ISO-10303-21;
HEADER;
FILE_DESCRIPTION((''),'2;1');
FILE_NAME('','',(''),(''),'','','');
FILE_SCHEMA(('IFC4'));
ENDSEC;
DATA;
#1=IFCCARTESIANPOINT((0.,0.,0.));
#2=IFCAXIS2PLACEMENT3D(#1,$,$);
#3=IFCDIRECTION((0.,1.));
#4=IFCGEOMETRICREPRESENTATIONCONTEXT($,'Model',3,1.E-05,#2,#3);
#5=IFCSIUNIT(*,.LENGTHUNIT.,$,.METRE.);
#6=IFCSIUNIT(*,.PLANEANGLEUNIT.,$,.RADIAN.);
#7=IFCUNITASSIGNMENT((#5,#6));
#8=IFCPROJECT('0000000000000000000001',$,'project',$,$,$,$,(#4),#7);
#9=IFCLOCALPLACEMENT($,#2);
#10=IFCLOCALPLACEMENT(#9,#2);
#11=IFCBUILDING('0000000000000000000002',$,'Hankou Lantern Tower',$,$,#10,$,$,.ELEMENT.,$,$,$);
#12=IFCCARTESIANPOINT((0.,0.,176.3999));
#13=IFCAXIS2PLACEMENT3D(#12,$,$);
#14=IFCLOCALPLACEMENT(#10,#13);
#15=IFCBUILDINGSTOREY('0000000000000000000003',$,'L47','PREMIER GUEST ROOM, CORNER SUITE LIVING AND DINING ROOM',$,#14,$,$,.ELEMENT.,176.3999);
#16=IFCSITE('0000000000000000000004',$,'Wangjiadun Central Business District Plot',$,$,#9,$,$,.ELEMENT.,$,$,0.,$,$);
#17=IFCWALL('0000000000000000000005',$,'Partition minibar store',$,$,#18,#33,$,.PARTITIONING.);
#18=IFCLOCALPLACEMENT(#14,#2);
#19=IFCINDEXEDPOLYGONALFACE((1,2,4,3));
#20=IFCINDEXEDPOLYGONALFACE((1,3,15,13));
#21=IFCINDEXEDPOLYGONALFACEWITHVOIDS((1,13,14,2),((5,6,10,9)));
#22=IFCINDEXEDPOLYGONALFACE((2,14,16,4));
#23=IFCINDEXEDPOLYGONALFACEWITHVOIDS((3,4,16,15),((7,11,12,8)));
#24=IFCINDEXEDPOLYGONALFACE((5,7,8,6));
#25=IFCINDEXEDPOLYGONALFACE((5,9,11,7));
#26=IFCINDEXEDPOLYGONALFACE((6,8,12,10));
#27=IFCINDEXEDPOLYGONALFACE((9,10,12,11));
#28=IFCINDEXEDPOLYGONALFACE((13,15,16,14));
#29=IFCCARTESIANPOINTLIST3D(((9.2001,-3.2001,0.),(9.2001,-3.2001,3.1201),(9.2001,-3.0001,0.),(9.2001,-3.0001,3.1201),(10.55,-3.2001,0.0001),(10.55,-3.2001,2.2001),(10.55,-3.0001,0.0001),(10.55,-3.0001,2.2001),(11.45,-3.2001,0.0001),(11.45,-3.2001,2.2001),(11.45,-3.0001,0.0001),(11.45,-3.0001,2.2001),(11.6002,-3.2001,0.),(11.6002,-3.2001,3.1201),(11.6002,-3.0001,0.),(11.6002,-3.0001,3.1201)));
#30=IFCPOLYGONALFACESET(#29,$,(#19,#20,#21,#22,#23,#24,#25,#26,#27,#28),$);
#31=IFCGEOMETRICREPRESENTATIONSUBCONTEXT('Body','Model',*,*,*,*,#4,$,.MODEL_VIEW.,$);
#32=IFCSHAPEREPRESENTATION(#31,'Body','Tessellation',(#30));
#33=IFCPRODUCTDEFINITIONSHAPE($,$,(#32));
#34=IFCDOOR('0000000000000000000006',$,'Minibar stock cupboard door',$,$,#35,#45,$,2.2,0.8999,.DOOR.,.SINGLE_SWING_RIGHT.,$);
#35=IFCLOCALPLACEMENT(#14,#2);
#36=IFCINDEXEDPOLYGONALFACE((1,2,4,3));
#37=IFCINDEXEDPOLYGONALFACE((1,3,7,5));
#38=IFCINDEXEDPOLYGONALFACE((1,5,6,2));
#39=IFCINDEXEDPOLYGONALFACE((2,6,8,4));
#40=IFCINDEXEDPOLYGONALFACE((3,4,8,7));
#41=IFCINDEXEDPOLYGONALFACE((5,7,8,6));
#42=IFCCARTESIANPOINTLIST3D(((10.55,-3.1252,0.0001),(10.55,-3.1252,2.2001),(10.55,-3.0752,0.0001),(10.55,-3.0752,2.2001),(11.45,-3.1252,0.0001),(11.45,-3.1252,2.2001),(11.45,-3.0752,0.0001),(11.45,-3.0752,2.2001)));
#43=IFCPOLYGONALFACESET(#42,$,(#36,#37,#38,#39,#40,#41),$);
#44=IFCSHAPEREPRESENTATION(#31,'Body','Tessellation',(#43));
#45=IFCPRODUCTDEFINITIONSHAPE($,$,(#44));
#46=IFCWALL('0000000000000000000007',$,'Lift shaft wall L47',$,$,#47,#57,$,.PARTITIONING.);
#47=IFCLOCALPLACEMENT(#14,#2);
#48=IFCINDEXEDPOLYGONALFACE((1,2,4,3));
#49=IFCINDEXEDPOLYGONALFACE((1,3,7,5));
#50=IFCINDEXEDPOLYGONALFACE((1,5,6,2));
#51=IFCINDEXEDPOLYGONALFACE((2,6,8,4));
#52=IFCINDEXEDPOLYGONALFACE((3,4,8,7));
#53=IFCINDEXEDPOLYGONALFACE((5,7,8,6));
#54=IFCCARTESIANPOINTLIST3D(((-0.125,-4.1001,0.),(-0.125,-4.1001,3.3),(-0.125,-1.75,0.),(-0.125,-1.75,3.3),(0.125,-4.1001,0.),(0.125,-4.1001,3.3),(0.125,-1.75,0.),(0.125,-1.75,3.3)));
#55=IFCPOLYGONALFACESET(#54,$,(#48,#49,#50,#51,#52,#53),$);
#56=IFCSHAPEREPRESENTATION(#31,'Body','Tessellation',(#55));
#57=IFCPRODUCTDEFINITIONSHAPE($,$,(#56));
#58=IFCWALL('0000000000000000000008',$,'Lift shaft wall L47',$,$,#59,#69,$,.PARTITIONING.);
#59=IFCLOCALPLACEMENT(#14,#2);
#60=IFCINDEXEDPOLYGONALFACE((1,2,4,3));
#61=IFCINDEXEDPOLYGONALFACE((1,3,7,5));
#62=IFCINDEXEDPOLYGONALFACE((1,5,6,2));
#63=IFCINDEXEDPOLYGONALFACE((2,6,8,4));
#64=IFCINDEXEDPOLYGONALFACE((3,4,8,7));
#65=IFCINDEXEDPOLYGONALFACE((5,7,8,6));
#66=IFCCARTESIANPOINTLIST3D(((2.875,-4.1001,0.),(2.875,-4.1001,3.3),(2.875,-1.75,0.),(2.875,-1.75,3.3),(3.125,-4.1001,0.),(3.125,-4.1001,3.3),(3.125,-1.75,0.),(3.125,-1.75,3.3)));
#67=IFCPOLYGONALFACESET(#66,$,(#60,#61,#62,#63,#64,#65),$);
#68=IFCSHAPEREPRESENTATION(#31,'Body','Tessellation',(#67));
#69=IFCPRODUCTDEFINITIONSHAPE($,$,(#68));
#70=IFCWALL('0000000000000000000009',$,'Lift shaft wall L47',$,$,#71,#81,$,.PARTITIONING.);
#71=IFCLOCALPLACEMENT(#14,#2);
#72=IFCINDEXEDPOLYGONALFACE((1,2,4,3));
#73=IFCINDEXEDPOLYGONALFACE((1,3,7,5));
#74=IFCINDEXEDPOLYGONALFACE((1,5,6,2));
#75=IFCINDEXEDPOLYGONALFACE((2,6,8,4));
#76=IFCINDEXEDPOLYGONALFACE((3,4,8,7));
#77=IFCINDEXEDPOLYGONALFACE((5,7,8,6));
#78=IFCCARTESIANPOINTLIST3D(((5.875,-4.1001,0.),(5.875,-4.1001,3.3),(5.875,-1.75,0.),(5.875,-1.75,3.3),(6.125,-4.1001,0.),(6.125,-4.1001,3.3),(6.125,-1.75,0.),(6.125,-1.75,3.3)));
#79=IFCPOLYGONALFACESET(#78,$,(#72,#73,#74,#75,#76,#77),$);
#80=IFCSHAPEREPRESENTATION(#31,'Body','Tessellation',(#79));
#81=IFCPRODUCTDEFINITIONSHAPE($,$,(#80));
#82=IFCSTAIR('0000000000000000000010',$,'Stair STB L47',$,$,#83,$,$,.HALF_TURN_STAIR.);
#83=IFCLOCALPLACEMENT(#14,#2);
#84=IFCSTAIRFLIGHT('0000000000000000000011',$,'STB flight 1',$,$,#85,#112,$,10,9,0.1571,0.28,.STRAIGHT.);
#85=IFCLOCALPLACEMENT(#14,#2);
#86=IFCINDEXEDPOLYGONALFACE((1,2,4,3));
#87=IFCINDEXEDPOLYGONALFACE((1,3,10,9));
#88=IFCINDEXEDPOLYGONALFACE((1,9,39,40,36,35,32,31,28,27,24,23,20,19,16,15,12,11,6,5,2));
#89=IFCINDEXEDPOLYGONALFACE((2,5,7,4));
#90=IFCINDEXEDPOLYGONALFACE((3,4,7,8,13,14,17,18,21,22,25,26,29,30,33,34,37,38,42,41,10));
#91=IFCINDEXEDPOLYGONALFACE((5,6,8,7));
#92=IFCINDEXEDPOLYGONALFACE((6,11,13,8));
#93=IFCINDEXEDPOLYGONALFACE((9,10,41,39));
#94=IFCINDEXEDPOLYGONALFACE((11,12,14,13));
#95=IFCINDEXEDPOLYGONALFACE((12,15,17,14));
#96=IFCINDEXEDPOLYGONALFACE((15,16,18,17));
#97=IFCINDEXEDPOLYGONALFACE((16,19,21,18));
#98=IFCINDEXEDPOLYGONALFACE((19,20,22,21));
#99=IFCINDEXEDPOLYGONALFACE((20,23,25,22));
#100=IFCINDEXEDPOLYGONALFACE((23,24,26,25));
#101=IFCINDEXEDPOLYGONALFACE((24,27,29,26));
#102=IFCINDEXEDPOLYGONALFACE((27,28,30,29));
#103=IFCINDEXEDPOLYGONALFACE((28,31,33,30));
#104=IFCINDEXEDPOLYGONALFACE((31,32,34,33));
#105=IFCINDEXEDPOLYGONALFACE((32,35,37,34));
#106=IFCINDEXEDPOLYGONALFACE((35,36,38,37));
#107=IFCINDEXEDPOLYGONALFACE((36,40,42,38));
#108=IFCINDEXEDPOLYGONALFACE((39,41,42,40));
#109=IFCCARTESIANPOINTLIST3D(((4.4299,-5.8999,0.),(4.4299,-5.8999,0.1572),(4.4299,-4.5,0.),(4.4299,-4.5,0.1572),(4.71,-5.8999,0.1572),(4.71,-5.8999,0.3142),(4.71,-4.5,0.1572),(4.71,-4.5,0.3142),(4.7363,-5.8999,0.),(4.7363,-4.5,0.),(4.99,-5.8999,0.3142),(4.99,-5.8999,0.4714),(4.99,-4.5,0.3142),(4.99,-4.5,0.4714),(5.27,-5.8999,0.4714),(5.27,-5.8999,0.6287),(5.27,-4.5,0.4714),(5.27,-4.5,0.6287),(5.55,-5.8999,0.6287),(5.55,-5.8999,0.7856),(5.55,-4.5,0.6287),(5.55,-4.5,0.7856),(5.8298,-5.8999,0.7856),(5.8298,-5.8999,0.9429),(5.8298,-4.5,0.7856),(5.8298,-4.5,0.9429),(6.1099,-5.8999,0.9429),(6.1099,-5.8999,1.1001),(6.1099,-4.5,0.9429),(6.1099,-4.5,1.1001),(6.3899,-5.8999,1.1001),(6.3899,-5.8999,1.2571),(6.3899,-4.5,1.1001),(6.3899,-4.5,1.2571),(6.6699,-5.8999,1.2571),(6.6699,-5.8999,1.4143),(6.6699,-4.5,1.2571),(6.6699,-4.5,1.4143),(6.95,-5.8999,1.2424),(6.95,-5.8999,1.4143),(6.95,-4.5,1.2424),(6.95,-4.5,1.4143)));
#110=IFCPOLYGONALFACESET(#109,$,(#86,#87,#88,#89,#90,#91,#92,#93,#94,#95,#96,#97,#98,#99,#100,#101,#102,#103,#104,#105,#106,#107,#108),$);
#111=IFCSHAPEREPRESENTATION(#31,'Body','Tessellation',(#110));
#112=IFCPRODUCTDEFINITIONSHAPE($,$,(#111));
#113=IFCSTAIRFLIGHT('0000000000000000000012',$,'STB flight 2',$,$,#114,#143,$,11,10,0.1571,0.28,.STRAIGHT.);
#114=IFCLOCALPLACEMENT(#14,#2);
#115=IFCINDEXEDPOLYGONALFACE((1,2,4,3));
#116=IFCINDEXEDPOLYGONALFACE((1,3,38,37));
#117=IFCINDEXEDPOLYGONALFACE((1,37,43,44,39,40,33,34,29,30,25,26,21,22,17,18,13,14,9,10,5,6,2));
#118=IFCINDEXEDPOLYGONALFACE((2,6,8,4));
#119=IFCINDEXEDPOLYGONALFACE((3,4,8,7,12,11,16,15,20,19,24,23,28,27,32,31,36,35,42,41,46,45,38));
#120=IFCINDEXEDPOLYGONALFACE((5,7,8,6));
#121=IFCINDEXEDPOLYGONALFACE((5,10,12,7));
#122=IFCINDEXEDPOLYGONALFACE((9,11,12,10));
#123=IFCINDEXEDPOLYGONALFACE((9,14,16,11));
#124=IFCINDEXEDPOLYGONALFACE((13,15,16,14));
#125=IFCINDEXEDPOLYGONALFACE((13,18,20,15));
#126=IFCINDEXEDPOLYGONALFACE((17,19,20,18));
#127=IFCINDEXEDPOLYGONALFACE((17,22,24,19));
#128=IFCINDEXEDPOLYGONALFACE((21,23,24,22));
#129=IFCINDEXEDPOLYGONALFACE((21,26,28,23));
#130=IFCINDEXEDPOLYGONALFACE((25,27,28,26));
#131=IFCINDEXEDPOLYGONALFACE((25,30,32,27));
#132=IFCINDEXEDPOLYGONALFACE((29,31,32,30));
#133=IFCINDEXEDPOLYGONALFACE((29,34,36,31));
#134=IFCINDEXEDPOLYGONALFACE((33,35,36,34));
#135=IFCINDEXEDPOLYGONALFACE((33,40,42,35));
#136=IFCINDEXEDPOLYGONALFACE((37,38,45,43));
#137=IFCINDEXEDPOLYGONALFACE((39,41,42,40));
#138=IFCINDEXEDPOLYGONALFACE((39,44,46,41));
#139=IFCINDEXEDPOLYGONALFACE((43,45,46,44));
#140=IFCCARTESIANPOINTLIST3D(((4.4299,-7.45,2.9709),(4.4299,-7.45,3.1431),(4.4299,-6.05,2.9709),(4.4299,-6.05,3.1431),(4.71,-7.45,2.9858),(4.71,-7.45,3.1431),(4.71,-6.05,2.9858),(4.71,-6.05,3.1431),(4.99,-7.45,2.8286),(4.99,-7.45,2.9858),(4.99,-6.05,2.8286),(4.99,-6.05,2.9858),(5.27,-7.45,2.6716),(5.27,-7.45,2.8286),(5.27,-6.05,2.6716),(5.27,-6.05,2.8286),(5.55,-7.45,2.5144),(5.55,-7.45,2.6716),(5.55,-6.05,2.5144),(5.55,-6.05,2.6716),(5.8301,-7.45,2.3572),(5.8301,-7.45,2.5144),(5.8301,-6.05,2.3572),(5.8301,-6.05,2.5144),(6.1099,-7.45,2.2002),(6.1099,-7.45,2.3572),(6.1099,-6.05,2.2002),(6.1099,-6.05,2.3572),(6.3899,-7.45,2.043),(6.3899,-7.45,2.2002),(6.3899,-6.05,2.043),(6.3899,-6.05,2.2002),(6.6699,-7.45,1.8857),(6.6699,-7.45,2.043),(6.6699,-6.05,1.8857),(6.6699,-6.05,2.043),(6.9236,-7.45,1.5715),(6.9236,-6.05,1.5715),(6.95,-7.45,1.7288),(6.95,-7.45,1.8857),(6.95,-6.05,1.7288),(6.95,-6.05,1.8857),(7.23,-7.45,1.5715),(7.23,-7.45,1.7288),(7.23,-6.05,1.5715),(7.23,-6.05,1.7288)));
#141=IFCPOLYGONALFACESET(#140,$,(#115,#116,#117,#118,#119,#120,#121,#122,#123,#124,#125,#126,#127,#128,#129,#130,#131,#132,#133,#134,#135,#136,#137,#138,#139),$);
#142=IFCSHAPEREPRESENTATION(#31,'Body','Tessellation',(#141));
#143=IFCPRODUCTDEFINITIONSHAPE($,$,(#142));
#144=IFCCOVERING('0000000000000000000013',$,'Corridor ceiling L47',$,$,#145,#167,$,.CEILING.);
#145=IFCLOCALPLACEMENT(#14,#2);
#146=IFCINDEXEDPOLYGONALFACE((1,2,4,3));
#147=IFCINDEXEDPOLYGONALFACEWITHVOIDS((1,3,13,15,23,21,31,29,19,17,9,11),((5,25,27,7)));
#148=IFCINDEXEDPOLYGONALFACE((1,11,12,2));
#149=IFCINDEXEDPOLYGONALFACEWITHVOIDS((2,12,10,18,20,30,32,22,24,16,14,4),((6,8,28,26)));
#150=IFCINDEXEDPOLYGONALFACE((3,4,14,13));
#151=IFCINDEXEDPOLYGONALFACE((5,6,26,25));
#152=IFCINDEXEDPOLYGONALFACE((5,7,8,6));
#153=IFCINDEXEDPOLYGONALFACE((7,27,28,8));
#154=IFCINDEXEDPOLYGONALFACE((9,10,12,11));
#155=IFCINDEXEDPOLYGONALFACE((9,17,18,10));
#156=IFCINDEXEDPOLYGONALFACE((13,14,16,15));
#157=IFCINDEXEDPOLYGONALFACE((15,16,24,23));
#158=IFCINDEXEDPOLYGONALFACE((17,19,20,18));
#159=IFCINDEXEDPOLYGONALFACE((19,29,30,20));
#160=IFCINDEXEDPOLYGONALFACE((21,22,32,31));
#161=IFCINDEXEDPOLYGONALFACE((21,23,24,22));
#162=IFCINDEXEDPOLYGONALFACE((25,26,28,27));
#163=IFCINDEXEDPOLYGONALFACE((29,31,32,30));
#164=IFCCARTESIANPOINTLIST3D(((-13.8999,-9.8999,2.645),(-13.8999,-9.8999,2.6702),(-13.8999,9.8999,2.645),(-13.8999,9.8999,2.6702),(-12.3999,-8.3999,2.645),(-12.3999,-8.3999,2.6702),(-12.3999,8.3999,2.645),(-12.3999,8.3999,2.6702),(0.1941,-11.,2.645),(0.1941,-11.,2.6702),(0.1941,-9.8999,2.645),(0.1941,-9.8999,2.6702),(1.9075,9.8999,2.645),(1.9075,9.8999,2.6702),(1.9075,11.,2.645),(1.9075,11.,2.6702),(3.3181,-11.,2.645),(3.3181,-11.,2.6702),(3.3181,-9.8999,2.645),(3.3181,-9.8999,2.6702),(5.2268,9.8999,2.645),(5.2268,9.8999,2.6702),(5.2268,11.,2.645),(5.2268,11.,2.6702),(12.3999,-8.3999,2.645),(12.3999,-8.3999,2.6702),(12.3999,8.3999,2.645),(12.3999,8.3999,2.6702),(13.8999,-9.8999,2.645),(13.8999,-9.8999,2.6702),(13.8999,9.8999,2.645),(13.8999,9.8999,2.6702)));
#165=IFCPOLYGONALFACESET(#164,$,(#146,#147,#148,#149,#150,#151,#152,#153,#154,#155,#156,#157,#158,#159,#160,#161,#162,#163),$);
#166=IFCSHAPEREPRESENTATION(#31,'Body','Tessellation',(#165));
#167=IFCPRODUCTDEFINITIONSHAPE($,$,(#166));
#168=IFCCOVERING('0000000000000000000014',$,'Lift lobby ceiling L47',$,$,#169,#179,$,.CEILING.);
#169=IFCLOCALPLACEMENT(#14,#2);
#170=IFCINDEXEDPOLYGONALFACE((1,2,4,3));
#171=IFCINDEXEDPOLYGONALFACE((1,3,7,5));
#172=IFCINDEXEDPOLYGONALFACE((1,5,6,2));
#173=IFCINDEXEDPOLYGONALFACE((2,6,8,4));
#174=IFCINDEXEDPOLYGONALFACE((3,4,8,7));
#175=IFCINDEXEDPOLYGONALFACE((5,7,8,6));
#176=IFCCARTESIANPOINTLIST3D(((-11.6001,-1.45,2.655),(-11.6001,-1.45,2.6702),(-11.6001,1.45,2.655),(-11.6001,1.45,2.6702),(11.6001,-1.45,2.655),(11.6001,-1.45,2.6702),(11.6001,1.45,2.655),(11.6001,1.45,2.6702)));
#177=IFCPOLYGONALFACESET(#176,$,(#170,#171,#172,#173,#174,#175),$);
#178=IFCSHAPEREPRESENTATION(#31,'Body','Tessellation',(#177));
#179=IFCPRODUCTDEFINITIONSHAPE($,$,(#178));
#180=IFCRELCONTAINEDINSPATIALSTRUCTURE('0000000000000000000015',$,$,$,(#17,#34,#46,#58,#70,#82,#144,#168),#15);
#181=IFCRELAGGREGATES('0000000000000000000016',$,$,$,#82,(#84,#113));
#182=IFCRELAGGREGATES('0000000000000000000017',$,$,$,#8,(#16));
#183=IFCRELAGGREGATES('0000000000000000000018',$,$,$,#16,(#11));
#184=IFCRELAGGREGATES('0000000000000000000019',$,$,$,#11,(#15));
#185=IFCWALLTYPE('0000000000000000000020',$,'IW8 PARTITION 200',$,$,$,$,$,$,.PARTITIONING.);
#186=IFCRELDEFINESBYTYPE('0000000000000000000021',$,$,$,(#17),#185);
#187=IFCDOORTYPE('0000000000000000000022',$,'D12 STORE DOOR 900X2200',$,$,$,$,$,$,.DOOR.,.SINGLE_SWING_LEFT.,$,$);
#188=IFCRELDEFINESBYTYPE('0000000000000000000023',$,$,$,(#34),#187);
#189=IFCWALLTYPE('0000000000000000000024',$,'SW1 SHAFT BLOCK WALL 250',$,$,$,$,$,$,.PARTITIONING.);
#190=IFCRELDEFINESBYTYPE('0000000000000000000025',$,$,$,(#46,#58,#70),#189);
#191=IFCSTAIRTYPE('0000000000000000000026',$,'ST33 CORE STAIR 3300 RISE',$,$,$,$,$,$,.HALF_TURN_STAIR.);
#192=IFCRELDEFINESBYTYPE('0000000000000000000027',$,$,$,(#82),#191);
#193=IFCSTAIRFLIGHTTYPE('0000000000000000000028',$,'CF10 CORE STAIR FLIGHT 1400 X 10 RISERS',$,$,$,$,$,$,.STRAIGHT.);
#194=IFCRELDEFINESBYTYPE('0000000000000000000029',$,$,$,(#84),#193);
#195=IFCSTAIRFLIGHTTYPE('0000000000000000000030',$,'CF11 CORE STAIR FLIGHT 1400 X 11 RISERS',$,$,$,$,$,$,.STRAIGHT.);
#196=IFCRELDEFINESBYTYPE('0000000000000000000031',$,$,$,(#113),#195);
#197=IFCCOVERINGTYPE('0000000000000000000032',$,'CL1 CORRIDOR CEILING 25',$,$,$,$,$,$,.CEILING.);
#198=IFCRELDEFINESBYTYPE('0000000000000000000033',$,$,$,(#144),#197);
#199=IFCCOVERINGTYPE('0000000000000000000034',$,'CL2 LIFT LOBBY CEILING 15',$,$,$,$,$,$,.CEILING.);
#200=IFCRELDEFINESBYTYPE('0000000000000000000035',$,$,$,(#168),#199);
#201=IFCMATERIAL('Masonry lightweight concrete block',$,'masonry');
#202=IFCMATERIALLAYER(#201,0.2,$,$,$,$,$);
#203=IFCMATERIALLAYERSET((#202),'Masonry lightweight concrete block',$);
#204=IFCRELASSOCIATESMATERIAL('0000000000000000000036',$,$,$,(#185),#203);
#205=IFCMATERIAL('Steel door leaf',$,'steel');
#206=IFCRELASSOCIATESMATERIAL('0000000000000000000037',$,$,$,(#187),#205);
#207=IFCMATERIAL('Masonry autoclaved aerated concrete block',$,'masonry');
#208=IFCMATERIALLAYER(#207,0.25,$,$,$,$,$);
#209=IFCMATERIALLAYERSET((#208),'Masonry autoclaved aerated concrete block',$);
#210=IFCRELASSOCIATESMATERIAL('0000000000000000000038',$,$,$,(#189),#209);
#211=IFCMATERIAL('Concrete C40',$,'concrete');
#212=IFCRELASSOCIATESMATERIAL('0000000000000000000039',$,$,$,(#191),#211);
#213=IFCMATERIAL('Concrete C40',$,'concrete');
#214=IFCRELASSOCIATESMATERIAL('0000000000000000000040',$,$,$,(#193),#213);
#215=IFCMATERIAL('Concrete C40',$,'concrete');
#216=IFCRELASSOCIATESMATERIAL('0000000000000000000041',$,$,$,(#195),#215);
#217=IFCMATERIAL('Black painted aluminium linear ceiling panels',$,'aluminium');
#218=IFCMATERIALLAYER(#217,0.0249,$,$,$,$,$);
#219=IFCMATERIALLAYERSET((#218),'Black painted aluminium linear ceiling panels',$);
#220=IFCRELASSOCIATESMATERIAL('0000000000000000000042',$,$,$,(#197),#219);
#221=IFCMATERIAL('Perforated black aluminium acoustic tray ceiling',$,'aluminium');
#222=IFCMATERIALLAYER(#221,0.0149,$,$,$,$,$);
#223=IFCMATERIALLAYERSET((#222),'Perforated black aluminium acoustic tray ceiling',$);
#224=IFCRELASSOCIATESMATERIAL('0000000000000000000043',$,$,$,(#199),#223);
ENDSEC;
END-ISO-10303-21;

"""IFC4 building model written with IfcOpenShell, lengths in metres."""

from ifc_helpers import new_model, si_unit, direction, frame, frame_2d, origin, place, context, subcontext, project, spatial, polyline, rectangle, outline, extrude, material, layer, layer_set, type_object, element, fill, aggregate, save


model = new_model("IFC4")

# Units and contexts
model_context = context("Model", 3, precision=1e-05, world=origin(), true_north=direction((0.0, 1.0)))
body_context = subcontext(model_context, "Body", "Model", "MODEL_VIEW")
ifc_project = project(units=[si_unit("LENGTHUNIT", "METRE"), si_unit("PLANEANGLEUNIT", "RADIAN")], contexts=[model_context])

# Site, building, storey
site_placement = place(None, origin())
site = spatial("IfcSite", under=ifc_project, at=site_placement, Name="Wangjiadun Central Business District Plot", CompositionType="ELEMENT", RefElevation=0.0)
building_placement = place(site_placement, origin())
building = spatial("IfcBuilding", under=site, at=building_placement, Name="Hankou Lantern Tower", CompositionType="ELEMENT")
storey_placement = place(building_placement, frame((0.0, 0.0, 176.3999)))
storey = spatial("IfcBuildingStorey", under=building, at=storey_placement, Name="L47", Description="PREMIER GUEST ROOM, CORNER SUITE LIVING AND DINING ROOM", CompositionType="ELEMENT", Elevation=176.3999)

# Wall, opening, door
ifc_material_1 = material(Name="Masonry lightweight concrete block", Category="masonry")
ifc_layer_1 = layer(ifc_material_1, 0.2)
ifc_layer_set_1 = layer_set([ifc_layer_1], Name="Masonry lightweight concrete block")
wall_type_1 = type_object("IfcWallType", Name="IW8 PARTITION 200", PredefinedType="PARTITIONING", material=ifc_layer_set_1)
wall_1_placement = place(storey_placement, frame((9.2, -3.1001, 0.0), z_axis=(0.0, 0.0, 1.0), x_axis=(1.0, 0.0, 0.0)))
wall_1 = element("IfcWall", 1, at=wall_1_placement, inside=storey, type_object=wall_type_1, Name="Partition minibar store", PredefinedType="PARTITIONING", context=body_context, shape_type="SweptSolid", body=[
    extrude(rectangle(XDim=2.4001, YDim=0.2, at=frame_2d((1.2002, 0.0))), origin(), (0.0, 0.0, 1.0), 3.1201),
])
opening_1_placement = place(wall_1_placement, frame((1.3501, 0.0, 0.0)))
opening_1 = element("IfcOpeningElement", 2, at=opening_1_placement, cuts=wall_1, PredefinedType="OPENING", context=body_context, shape_type="SweptSolid", body=[
    extrude(rectangle(XDim=0.8999, YDim=2.2, at=frame_2d((0.45, 1.1001))), frame((0.0, 0.1099, 0.0), z_axis=(0.0, -1.0, 0.0), x_axis=(1.0, 0.0, 0.0)), (0.0, 0.0, 1.0), 0.22),
])
ifc_material_2 = material(Name="Steel door leaf", Category="steel")
door_type_1 = type_object("IfcDoorType", Name="D12 STORE DOOR 900X2200", OperationType="SINGLE_SWING_LEFT", PredefinedType="DOOR", material=ifc_material_2)
door_1_placement = place(opening_1_placement, origin())
door_1 = element("IfcDoor", 3, at=door_1_placement, inside=storey, type_object=door_type_1, Name="Minibar stock cupboard door", OperationType="SINGLE_SWING_RIGHT", OverallHeight=2.2, OverallWidth=0.8999, PredefinedType="DOOR", context=body_context, shape_type="SweptSolid", body=[
    extrude(rectangle(XDim=0.8999, YDim=2.2, at=frame_2d((0.45, 1.1001))), frame((0.0, 0.0249, 0.0), z_axis=(0.0, -1.0, 0.0), x_axis=(1.0, 0.0, 0.0)), (0.0, 0.0, 1.0), 0.05),
])
fill(opening_1, door_1)

# Walls
ifc_material_3 = material(Name="Masonry autoclaved aerated concrete block", Category="masonry")
ifc_layer_2 = layer(ifc_material_3, 0.25)
ifc_layer_set_2 = layer_set([ifc_layer_2], Name="Masonry autoclaved aerated concrete block")
wall_type_2 = type_object("IfcWallType", Name="SW1 SHAFT BLOCK WALL 250", PredefinedType="PARTITIONING", material=ifc_layer_set_2)
for number, where, z_axis, x_axis, name in (
    (4, (0.0, -4.1001, 0.0), (0.0, 0.0, 1.0), (0.0, 1.0, 0.0), "Lift shaft wall L47"),
    (5, (3.0, -4.1001, 0.0), (0.0, 0.0, 1.0), (0.0, 1.0, 0.0), "Lift shaft wall L47"),
    (6, (6.0, -4.1001, 0.0), (0.0, 0.0, 1.0), (0.0, 1.0, 0.0), "Lift shaft wall L47"),
):
    element("IfcWall", number, at=place(storey_placement, frame(where, z_axis=z_axis, x_axis=x_axis)), inside=storey, type_object=wall_type_2, Name=name, PredefinedType="PARTITIONING", context=body_context, shape_type="SweptSolid", body=[
        extrude(rectangle(XDim=2.3501, YDim=0.25, at=frame_2d((1.175, 0.0))), origin(), (0.0, 0.0, 1.0), 3.3),
    ])

# Stair, stair flights
ifc_material_4 = material(Name="Concrete C40", Category="concrete")
stair_type = type_object("IfcStairType", Name="ST33 CORE STAIR 3300 RISE", PredefinedType="HALF_TURN_STAIR", material=ifc_material_4)
stair_placement = place(storey_placement, origin())
stair = element("IfcStair", 7, at=stair_placement, inside=storey, type_object=stair_type, Name="Stair STB L47", PredefinedType="HALF_TURN_STAIR")
ifc_material_5 = material(Name="Concrete C40", Category="concrete")
stair_flight_type_1 = type_object("IfcStairFlightType", Name="CF10 CORE STAIR FLIGHT 1400 X 10 RISERS", PredefinedType="STRAIGHT", material=ifc_material_5)
stair_flight_1_placement = place(storey_placement, frame((4.4299, -5.2, 0.0), z_axis=(0.0, 0.0, 1.0), x_axis=(1.0, 0.0, 0.0)))
stair_flight_1 = element("IfcStairFlight", 8, at=stair_flight_1_placement, type_object=stair_flight_type_1, Name="STB flight 1", NumberOfRisers=10, NumberOfTreads=9, PredefinedType="STRAIGHT", RiserHeight=0.1571, TreadLength=0.28, context=body_context, shape_type="SweptSolid", body=[
    extrude(outline(polyline([(0.0, 0.0), (0.0, 0.1572), (0.28, 0.1572), (0.28, 0.3142), (0.5601, 0.3142), (0.5601, 0.4714), (0.8401, 0.4714), (0.8401, 0.6287), (1.1201, 0.6287), (1.1201, 0.7856), (1.3999, 0.7856), (1.3999, 0.9429), (1.6799, 0.9429), (1.6799, 1.1001), (1.96, 1.1001), (1.96, 1.2571), (2.24, 1.2571), (2.24, 1.4143), (2.52, 1.4143), (2.52, 1.5715), (2.52, 1.2424), (0.3064, 0.0), (0.0, 0.0)])), frame((0.0, 0.7, 0.0), z_axis=(0.0, -1.0, 0.0), x_axis=(1.0, 0.0, 0.0)), (0.0, 0.0, 1.0), 1.3999),
])
ifc_material_6 = material(Name="Concrete C40", Category="concrete")
stair_flight_type_2 = type_object("IfcStairFlightType", Name="CF11 CORE STAIR FLIGHT 1400 X 11 RISERS", PredefinedType="STRAIGHT", material=ifc_material_6)
stair_flight_2_placement = place(storey_placement, frame((7.23, -6.75, 1.5715), z_axis=(0.0, 0.0, 1.0), x_axis=(-1.0, 0.0, 0.0)))
stair_flight_2 = element("IfcStairFlight", 9, at=stair_flight_2_placement, type_object=stair_flight_type_2, Name="STB flight 2", NumberOfRisers=11, NumberOfTreads=10, PredefinedType="STRAIGHT", RiserHeight=0.1571, TreadLength=0.28, context=body_context, shape_type="SweptSolid", body=[
    extrude(outline(polyline([(0.0, 0.0), (0.0, 0.1572), (0.28, 0.1572), (0.28, 0.3142), (0.5601, 0.3142), (0.5601, 0.4714), (0.8401, 0.4714), (0.8401, 0.6287), (1.1201, 0.6287), (1.1201, 0.7856), (1.3999, 0.7856), (1.3999, 0.9429), (1.6799, 0.9429), (1.6799, 1.1001), (1.96, 1.1001), (1.96, 1.2571), (2.24, 1.2571), (2.24, 1.4143), (2.52, 1.4143), (2.52, 1.5715), (2.8, 1.5715), (2.8, 1.7285), (2.8, 1.3994), (0.3064, 0.0), (0.0, 0.0)])), frame((0.0, 0.7, 0.0), z_axis=(0.0, -1.0, 0.0), x_axis=(1.0, 0.0, 0.0)), (0.0, 0.0, 1.0), 1.3999),
])
aggregate(stair, [stair_flight_1, stair_flight_2])

# Coverings
ifc_material_7 = material(Name="Black painted aluminium linear ceiling panels", Category="aluminium")
ifc_layer_3 = layer(ifc_material_7, 0.0249)
ifc_layer_set_3 = layer_set([ifc_layer_3], Name="Black painted aluminium linear ceiling panels")
covering_type_1 = type_object("IfcCoveringType", Name="CL1 CORRIDOR CEILING 25", PredefinedType="CEILING", material=ifc_layer_set_3)
covering_1_placement = place(storey_placement, frame((0.0, 0.0, 2.645)))
element("IfcCovering", 10, at=covering_1_placement, inside=storey, type_object=covering_type_1, Name="Corridor ceiling L47", PredefinedType="CEILING", context=body_context, shape_type="SweptSolid", body=[
    extrude(outline(polyline([(3.3181, -9.8999), (13.8999, -9.8999), (13.8999, 9.8999), (5.2268, 9.8999), (5.2268, 11.0), (1.9075, 11.0), (1.9075, 9.8999), (-13.8999, 9.8999), (-13.8999, -9.8999), (0.1941, -9.8999), (0.1941, -11.0), (3.3181, -11.0), (3.3181, -9.8999)]), holes=[polyline([(-12.3999, 8.3999), (12.3999, 8.3999), (12.3999, -8.3999), (-12.3999, -8.3999), (-12.3999, 8.3999)])]), origin(), (0.0, 0.0, 1.0), 0.0251),
])
ifc_material_8 = material(Name="Perforated black aluminium acoustic tray ceiling", Category="aluminium")
ifc_layer_4 = layer(ifc_material_8, 0.0149)
ifc_layer_set_4 = layer_set([ifc_layer_4], Name="Perforated black aluminium acoustic tray ceiling")
covering_type_2 = type_object("IfcCoveringType", Name="CL2 LIFT LOBBY CEILING 15", PredefinedType="CEILING", material=ifc_layer_set_4)
covering_2_placement = place(storey_placement, frame((0.0, 0.0, 2.655)))
element("IfcCovering", 11, at=covering_2_placement, inside=storey, type_object=covering_type_2, Name="Lift lobby ceiling L47", PredefinedType="CEILING", context=body_context, shape_type="SweptSolid", body=[
    extrude(outline(polyline([(-11.6001, -1.45), (11.6001, -1.45), (11.6001, 1.45), (-11.6001, 1.45), (-11.6001, -1.45)])), origin(), (0.0, 0.0, 1.0), 0.0151),
])

save(model, "model.ifc")
